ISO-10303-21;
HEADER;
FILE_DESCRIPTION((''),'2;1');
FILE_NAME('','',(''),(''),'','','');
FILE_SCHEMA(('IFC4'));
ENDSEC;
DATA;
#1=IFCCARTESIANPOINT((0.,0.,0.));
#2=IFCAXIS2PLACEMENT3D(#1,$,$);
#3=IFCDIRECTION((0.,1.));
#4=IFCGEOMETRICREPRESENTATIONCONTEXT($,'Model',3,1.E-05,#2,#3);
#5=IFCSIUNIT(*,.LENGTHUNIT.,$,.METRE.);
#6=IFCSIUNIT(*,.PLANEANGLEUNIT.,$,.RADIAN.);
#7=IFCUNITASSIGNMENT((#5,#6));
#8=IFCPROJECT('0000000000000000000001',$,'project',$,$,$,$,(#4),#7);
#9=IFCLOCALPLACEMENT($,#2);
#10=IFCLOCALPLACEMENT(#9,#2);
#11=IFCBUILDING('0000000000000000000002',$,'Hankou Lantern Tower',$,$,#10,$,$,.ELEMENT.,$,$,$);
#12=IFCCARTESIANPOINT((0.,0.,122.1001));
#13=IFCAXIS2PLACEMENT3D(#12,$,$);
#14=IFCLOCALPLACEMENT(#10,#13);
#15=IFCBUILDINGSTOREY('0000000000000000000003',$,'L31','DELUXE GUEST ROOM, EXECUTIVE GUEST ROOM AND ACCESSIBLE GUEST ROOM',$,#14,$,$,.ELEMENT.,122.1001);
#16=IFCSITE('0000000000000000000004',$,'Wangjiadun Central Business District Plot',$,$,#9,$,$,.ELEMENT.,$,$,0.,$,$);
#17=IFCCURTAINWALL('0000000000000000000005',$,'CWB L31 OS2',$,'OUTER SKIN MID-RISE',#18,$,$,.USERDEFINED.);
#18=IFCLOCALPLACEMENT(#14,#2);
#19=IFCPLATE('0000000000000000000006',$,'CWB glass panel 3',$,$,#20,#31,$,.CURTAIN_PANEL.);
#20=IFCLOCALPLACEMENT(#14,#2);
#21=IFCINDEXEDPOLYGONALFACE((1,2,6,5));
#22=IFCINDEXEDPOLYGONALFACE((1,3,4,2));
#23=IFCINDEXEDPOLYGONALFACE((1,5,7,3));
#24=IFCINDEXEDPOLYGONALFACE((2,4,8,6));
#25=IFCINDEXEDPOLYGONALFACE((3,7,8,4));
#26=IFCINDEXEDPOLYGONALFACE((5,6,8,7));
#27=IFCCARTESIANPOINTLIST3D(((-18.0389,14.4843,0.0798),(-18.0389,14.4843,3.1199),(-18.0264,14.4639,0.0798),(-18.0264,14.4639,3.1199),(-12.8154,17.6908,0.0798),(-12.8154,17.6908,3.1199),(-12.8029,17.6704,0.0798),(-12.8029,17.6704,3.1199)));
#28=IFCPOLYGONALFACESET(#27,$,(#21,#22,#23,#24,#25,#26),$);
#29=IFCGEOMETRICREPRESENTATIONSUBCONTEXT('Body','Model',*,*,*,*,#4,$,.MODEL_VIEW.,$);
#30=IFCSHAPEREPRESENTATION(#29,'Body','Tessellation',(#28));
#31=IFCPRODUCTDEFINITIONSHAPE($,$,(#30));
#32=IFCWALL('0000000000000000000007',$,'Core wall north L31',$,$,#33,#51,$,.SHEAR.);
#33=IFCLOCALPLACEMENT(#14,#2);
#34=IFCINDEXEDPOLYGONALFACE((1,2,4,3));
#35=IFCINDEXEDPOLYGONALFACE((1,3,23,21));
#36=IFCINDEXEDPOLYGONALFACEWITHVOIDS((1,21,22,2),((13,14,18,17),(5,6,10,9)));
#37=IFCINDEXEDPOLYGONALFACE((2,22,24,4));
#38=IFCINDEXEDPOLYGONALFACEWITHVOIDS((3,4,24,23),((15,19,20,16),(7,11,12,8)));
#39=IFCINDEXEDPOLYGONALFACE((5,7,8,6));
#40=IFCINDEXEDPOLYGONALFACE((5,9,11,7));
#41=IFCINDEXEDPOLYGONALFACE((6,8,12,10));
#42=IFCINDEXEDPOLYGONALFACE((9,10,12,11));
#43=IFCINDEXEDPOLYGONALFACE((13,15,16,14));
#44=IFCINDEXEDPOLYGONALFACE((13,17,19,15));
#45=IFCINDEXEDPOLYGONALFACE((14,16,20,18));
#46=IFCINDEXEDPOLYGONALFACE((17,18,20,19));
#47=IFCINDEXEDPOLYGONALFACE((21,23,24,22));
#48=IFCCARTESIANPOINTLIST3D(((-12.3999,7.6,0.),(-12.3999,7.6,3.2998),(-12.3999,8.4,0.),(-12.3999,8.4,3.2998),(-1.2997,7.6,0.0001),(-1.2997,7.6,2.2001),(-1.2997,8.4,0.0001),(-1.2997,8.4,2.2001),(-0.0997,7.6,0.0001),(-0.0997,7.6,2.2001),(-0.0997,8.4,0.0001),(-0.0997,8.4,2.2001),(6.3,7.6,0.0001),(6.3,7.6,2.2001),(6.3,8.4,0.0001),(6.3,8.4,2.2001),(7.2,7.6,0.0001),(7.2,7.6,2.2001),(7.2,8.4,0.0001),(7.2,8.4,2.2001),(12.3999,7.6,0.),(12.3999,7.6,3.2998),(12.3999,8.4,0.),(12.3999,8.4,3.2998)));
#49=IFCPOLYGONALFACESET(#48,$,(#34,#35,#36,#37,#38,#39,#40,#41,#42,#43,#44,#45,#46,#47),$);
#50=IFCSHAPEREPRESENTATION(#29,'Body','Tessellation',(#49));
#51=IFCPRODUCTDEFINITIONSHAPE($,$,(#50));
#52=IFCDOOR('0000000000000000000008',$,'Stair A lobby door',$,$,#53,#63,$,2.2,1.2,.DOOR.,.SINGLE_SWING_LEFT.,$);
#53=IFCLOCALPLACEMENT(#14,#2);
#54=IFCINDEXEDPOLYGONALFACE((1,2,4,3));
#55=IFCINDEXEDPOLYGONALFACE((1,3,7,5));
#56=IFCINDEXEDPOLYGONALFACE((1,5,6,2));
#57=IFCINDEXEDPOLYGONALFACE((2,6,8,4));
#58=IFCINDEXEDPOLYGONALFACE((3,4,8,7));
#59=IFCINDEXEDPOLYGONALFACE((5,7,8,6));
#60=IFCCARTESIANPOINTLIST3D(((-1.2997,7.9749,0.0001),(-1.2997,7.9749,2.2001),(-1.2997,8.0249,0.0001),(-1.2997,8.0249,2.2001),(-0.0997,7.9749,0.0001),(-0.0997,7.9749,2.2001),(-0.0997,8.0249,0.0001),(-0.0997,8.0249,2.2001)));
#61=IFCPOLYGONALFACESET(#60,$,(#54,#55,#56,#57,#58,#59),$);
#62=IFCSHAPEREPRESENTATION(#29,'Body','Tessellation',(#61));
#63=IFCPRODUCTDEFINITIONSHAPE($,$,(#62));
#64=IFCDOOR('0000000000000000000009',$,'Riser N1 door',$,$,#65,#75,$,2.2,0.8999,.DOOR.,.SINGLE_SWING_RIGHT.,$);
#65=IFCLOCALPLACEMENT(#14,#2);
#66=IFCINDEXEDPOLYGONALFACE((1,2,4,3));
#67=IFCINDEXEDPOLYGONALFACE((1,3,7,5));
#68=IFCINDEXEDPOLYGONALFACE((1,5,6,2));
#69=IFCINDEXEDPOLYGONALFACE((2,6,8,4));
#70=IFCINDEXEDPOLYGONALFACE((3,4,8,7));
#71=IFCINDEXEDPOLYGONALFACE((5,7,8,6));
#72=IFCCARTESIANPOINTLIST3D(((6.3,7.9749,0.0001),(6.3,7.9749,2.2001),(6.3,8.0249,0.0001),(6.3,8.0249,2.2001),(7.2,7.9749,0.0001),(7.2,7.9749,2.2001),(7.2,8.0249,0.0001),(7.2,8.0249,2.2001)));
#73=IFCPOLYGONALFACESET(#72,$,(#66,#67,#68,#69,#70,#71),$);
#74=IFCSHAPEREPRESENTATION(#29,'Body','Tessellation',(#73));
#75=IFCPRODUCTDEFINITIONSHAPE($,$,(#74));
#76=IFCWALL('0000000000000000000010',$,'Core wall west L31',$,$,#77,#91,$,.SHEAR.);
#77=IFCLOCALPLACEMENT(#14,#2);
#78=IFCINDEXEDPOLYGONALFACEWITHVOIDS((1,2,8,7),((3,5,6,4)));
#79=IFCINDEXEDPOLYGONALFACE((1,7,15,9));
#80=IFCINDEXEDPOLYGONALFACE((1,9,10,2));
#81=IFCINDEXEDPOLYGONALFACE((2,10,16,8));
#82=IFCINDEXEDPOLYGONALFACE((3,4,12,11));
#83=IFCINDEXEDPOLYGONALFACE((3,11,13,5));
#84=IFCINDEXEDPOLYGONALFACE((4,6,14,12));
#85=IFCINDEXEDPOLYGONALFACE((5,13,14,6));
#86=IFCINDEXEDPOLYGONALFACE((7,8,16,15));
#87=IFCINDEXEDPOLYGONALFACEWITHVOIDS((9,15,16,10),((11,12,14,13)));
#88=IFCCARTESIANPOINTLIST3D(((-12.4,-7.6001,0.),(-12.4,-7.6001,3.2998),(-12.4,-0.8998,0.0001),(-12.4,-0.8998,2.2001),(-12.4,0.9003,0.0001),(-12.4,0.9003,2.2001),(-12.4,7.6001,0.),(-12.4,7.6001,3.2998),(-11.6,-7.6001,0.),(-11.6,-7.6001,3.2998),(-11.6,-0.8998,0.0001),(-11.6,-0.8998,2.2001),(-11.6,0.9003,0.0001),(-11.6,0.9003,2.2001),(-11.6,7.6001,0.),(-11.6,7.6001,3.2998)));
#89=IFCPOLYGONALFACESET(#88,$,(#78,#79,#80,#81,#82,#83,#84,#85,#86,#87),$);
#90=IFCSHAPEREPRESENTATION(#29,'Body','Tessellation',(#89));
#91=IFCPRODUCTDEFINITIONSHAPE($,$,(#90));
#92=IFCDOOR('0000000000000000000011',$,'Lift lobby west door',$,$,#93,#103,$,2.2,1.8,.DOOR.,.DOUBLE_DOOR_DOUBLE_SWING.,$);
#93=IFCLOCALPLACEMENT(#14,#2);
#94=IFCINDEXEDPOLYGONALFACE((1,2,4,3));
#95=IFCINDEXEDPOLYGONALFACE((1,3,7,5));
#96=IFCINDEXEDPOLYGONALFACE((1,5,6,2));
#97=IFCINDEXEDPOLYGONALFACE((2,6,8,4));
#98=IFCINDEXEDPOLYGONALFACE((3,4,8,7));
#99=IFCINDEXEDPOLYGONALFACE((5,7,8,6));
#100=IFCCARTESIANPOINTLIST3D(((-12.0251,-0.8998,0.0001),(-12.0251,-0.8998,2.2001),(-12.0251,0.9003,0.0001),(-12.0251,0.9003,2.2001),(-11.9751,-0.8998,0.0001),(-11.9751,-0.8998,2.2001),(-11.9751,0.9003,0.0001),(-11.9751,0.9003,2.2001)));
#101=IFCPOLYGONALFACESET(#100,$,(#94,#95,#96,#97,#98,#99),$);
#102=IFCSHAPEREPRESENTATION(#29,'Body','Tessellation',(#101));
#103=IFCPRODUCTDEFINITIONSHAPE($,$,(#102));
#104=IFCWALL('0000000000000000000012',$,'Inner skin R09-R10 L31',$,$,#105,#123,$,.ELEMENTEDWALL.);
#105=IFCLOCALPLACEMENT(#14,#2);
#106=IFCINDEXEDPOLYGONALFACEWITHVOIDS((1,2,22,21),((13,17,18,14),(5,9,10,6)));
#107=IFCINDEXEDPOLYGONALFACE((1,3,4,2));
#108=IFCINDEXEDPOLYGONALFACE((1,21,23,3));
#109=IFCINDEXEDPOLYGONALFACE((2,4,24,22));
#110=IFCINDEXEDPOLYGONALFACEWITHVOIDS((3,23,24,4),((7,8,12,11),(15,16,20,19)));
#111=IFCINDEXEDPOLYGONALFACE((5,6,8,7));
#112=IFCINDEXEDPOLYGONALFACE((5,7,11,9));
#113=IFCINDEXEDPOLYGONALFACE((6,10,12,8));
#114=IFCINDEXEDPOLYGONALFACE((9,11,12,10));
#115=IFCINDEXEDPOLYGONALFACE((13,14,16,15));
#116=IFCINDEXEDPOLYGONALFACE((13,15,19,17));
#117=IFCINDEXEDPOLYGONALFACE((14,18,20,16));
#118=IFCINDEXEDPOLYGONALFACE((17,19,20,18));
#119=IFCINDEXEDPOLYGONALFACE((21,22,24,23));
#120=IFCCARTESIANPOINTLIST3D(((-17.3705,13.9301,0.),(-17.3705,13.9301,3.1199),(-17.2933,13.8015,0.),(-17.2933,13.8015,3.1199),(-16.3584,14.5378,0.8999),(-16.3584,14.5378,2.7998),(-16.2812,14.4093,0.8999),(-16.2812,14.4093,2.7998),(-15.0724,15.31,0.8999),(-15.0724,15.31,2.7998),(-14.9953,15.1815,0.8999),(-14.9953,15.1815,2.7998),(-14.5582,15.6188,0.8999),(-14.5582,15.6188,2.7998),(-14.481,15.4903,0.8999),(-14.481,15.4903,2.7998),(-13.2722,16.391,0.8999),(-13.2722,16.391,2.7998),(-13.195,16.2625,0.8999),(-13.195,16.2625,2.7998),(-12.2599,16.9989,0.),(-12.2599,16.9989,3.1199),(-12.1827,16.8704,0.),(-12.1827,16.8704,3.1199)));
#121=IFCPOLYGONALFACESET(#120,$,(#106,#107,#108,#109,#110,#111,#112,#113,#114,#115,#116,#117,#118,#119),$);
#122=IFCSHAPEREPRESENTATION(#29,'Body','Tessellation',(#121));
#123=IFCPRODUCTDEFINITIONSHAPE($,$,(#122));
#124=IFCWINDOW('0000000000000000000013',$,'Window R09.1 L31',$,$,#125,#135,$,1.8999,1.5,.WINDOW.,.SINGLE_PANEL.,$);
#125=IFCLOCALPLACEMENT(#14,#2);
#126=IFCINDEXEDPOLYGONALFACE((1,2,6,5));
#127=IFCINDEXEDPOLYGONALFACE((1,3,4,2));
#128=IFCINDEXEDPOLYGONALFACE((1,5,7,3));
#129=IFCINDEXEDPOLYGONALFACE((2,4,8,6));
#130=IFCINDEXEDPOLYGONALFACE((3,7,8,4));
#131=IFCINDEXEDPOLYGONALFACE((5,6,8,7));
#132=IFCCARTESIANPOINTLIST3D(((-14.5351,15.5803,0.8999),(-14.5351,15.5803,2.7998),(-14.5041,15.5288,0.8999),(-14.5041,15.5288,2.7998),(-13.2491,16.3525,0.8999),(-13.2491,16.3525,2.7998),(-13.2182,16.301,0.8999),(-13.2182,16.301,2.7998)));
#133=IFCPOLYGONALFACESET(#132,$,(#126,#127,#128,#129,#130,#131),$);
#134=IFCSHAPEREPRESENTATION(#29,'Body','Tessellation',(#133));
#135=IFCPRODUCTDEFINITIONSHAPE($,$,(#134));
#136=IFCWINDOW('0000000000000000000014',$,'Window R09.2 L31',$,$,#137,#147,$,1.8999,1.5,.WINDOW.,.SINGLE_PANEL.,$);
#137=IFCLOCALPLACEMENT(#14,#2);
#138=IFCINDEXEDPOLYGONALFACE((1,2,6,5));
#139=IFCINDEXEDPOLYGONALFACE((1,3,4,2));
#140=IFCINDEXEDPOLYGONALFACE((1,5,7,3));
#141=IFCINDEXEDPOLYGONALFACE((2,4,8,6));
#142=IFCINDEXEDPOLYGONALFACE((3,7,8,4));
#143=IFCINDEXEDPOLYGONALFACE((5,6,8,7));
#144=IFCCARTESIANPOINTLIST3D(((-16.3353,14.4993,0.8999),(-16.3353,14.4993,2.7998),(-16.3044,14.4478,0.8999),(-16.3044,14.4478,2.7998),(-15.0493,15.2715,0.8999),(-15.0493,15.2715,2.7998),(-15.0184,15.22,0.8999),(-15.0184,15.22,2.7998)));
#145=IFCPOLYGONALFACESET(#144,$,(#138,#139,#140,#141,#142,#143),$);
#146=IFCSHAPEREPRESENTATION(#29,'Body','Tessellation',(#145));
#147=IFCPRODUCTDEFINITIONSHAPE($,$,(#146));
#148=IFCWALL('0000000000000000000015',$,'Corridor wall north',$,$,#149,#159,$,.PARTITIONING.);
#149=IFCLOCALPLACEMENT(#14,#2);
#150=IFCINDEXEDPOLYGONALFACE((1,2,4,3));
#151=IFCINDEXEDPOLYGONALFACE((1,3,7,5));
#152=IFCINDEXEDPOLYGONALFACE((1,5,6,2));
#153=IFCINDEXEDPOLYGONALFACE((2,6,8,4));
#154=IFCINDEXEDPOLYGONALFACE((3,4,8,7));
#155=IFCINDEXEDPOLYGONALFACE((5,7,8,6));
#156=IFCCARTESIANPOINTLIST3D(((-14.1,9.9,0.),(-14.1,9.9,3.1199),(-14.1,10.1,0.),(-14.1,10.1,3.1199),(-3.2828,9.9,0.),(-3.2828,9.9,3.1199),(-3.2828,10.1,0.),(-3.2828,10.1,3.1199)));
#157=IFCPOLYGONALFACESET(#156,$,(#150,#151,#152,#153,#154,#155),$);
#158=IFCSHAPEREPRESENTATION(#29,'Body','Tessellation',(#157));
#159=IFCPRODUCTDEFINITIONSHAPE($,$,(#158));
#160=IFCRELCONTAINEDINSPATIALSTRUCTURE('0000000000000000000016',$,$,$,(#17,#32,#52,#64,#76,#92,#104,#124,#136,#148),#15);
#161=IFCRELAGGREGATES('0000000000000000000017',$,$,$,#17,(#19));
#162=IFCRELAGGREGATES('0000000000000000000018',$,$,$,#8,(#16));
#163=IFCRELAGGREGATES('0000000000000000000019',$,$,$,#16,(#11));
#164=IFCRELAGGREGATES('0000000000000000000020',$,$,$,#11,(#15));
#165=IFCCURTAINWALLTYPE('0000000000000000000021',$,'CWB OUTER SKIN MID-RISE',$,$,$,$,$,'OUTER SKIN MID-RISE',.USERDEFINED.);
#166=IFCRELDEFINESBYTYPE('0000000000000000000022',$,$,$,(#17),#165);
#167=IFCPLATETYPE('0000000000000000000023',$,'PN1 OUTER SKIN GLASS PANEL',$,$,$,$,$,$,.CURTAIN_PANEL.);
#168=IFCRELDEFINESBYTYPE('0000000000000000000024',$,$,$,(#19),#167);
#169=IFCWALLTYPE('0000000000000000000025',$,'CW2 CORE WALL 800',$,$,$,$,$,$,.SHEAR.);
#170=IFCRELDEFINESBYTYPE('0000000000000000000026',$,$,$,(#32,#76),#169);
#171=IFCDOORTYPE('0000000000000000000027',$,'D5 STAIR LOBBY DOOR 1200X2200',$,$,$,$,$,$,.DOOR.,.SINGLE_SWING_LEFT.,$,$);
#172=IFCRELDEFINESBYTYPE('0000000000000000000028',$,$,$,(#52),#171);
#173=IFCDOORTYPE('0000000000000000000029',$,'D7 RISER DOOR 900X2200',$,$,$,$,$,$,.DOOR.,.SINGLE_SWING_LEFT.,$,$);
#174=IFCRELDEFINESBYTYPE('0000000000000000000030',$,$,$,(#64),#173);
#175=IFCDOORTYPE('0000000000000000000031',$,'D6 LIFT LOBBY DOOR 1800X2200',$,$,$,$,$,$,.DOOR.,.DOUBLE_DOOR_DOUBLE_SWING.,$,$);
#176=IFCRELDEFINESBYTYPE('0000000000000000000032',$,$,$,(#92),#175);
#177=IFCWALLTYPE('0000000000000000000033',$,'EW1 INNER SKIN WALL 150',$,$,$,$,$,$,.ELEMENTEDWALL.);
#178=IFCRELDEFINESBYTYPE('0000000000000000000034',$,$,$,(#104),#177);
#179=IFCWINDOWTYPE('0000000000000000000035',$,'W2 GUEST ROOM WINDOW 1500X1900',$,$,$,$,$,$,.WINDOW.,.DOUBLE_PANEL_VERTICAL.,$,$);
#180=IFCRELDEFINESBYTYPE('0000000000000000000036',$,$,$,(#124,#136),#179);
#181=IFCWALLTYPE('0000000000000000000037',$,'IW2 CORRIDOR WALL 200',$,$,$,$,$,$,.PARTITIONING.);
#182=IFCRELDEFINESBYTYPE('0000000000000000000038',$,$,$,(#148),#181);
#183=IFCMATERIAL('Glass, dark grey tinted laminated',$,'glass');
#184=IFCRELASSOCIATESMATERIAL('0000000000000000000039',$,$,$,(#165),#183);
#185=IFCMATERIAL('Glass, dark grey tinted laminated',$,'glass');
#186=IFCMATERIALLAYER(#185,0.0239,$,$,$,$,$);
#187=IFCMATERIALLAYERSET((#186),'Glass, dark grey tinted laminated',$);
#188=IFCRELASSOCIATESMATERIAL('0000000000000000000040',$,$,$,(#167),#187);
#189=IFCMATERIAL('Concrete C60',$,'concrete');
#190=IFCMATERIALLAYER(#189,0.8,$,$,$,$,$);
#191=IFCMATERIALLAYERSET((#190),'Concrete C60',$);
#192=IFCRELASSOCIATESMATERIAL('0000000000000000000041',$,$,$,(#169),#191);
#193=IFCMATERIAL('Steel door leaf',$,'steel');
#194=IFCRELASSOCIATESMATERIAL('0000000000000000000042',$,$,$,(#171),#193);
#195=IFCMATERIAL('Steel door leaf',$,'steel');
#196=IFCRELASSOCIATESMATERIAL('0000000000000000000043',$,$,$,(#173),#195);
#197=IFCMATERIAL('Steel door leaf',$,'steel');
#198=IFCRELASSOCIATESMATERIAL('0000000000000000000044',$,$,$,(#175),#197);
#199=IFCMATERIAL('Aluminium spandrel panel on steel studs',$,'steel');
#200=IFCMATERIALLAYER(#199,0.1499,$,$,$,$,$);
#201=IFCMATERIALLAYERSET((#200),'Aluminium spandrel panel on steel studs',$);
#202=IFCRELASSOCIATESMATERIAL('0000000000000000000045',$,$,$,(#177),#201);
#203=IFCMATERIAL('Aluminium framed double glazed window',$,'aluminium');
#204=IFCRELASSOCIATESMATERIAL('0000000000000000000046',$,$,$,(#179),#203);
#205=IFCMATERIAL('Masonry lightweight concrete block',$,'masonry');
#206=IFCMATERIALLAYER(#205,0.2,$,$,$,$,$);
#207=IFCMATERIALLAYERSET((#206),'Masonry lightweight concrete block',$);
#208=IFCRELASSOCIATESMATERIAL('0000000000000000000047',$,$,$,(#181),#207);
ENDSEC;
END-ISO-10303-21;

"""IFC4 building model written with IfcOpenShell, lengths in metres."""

from ifc_helpers import new_model, si_unit, direction, frame, frame_2d, origin, origin_2d, place, context, subcontext, project, spatial, rectangle, extrude, material, layer, layer_set, type_object, element, fill, aggregate, save


model = new_model("IFC4")

# Units and contexts
model_context = context("Model", 3, precision=1e-05, world=origin(), true_north=direction((0.0, 1.0)))
body_context = subcontext(model_context, "Body", "Model", "MODEL_VIEW")
ifc_project = project(units=[si_unit("LENGTHUNIT", "METRE"), si_unit("PLANEANGLEUNIT", "RADIAN")], contexts=[model_context])

# Site, building, storey
site_placement = place(None, origin())
site = spatial("IfcSite", under=ifc_project, at=site_placement, Name="Wangjiadun Central Business District Plot", CompositionType="ELEMENT", RefElevation=0.0)
building_placement = place(site_placement, origin())
building = spatial("IfcBuilding", under=site, at=building_placement, Name="Hankou Lantern Tower", CompositionType="ELEMENT")
storey_placement = place(building_placement, frame((0.0, 0.0, 122.1001)))
storey = spatial("IfcBuildingStorey", under=building, at=storey_placement, Name="L31", Description="DELUXE GUEST ROOM, EXECUTIVE GUEST ROOM AND ACCESSIBLE GUEST ROOM", CompositionType="ELEMENT", Elevation=122.1001)

# Curtain wall
ifc_material_1 = material(Name="Glass, dark grey tinted laminated", Category="glass")
curtain_wall_type = type_object("IfcCurtainWallType", Name="CWB OUTER SKIN MID-RISE", ElementType="OUTER SKIN MID-RISE", PredefinedType="USERDEFINED", material=ifc_material_1)
curtain_wall_placement = place(storey_placement, origin())
curtain_wall = element("IfcCurtainWall", 1, at=curtain_wall_placement, inside=storey, type_object=curtain_wall_type, Name="CWB L31 OS2", ObjectType="OUTER SKIN MID-RISE", PredefinedType="USERDEFINED")

# Plate
ifc_material_2 = material(Name="Glass, dark grey tinted laminated", Category="glass")
ifc_layer_1 = layer(ifc_material_2, 0.0239)
ifc_layer_set_1 = layer_set([ifc_layer_1], Name="Glass, dark grey tinted laminated")
plate_type = type_object("IfcPlateType", Name="PN1 OUTER SKIN GLASS PANEL", PredefinedType="CURTAIN_PANEL", material=ifc_layer_set_1)
plate_placement = place(storey_placement, frame((-15.4209, 16.0774, 0.0798), z_axis=(0.0, 0.0, 1.0), x_axis=(-0.852237, -0.523156, 0.0)))
plate = element("IfcPlate", 2, at=plate_placement, type_object=plate_type, Name="CWB glass panel 3", PredefinedType="CURTAIN_PANEL", context=body_context, shape_type="SweptSolid", body=[
    extrude(rectangle(XDim=6.1292, YDim=0.0239, at=origin_2d()), origin(), (0.0, 0.0, 1.0), 3.04),
])
aggregate(curtain_wall, [plate])

# Wall, openings, doors
ifc_material_3 = material(Name="Concrete C60", Category="concrete")
ifc_layer_2 = layer(ifc_material_3, 0.8)
ifc_layer_set_2 = layer_set([ifc_layer_2], Name="Concrete C60")
wall_type_1 = type_object("IfcWallType", Name="CW2 CORE WALL 800", PredefinedType="SHEAR", material=ifc_layer_set_2)
wall_1_placement = place(storey_placement, frame((-12.3999, 8.0, 0.0), z_axis=(0.0, 0.0, 1.0), x_axis=(1.0, 0.0, 0.0)))
wall_1 = element("IfcWall", 3, at=wall_1_placement, inside=storey, type_object=wall_type_1, Name="Core wall north L31", PredefinedType="SHEAR", context=body_context, shape_type="SweptSolid", body=[
    extrude(rectangle(XDim=24.7998, YDim=0.8, at=frame_2d((12.3999, 0.0))), origin(), (0.0, 0.0, 1.0), 3.2998),
])
opening_1_placement = place(wall_1_placement, frame((11.1001, 0.0, 0.0)))
opening_1 = element("IfcOpeningElement", 4, at=opening_1_placement, cuts=wall_1, PredefinedType="OPENING", context=body_context, shape_type="SweptSolid", body=[
    extrude(rectangle(XDim=1.2, YDim=2.2, at=frame_2d((0.6001, 1.1001))), frame((0.0, 0.4099, 0.0), z_axis=(0.0, -1.0, 0.0), x_axis=(1.0, 0.0, 0.0)), (0.0, 0.0, 1.0), 0.8201),
])
opening_2_placement = place(wall_1_placement, frame((18.7, 0.0, 0.0)))
opening_2 = element("IfcOpeningElement", 5, at=opening_2_placement, cuts=wall_1, PredefinedType="OPENING", context=body_context, shape_type="SweptSolid", body=[
    extrude(rectangle(XDim=0.8999, YDim=2.2, at=frame_2d((0.45, 1.1001))), frame((0.0, 0.4099, 0.0), z_axis=(0.0, -1.0, 0.0), x_axis=(1.0, 0.0, 0.0)), (0.0, 0.0, 1.0), 0.8201),
])
ifc_material_4 = material(Name="Steel door leaf", Category="steel")
door_type_1 = type_object("IfcDoorType", Name="D5 STAIR LOBBY DOOR 1200X2200", OperationType="SINGLE_SWING_LEFT", PredefinedType="DOOR", material=ifc_material_4)
door_1_placement = place(opening_1_placement, origin())
door_1 = element("IfcDoor", 6, at=door_1_placement, inside=storey, type_object=door_type_1, Name="Stair A lobby door", OperationType="SINGLE_SWING_LEFT", OverallHeight=2.2, OverallWidth=1.2, PredefinedType="DOOR", context=body_context, shape_type="SweptSolid", body=[
    extrude(rectangle(XDim=1.2, YDim=2.2, at=frame_2d((0.6001, 1.1001))), frame((0.0, 0.0249, 0.0), z_axis=(0.0, -1.0, 0.0), x_axis=(1.0, 0.0, 0.0)), (0.0, 0.0, 1.0), 0.05),
])
fill(opening_1, door_1)
ifc_material_5 = material(Name="Steel door leaf", Category="steel")
door_type_2 = type_object("IfcDoorType", Name="D7 RISER DOOR 900X2200", OperationType="SINGLE_SWING_LEFT", PredefinedType="DOOR", material=ifc_material_5)
door_2_placement = place(opening_2_placement, origin())
door_2 = element("IfcDoor", 7, at=door_2_placement, inside=storey, type_object=door_type_2, Name="Riser N1 door", OperationType="SINGLE_SWING_RIGHT", OverallHeight=2.2, OverallWidth=0.8999, PredefinedType="DOOR", context=body_context, shape_type="SweptSolid", body=[
    extrude(rectangle(XDim=0.8999, YDim=2.2, at=frame_2d((0.45, 1.1001))), frame((0.0, 0.0249, 0.0), z_axis=(0.0, -1.0, 0.0), x_axis=(1.0, 0.0, 0.0)), (0.0, 0.0, 1.0), 0.05),
])
fill(opening_2, door_2)

# Wall, opening, door
wall_2_placement = place(storey_placement, frame((-12.0, 7.6001, 0.0), z_axis=(0.0, 0.0, 1.0), x_axis=(0.0, -1.0, 0.0)))
wall_2 = element("IfcWall", 8, at=wall_2_placement, inside=storey, type_object=wall_type_1, Name="Core wall west L31", PredefinedType="SHEAR", context=body_context, shape_type="SweptSolid", body=[
    extrude(rectangle(XDim=15.2002, YDim=0.8, at=frame_2d((7.6001, 0.0))), origin(), (0.0, 0.0, 1.0), 3.2998),
])
opening_3_placement = place(wall_2_placement, frame((6.7, 0.0, 0.0)))
opening_3 = element("IfcOpeningElement", 9, at=opening_3_placement, cuts=wall_2, PredefinedType="OPENING", context=body_context, shape_type="SweptSolid", body=[
    extrude(rectangle(XDim=1.8, YDim=2.2, at=frame_2d((0.8999, 1.1001))), frame((0.0, 0.4099, 0.0), z_axis=(0.0, -1.0, 0.0), x_axis=(1.0, 0.0, 0.0)), (0.0, 0.0, 1.0), 0.8201),
])
ifc_material_6 = material(Name="Steel door leaf", Category="steel")
door_type_3 = type_object("IfcDoorType", Name="D6 LIFT LOBBY DOOR 1800X2200", OperationType="DOUBLE_DOOR_DOUBLE_SWING", PredefinedType="DOOR", material=ifc_material_6)
door_3_placement = place(opening_3_placement, origin())
door_3 = element("IfcDoor", 10, at=door_3_placement, inside=storey, type_object=door_type_3, Name="Lift lobby west door", OperationType="DOUBLE_DOOR_DOUBLE_SWING", OverallHeight=2.2, OverallWidth=1.8, PredefinedType="DOOR", context=body_context, shape_type="SweptSolid", body=[
    extrude(rectangle(XDim=1.8, YDim=2.2, at=frame_2d((0.8999, 1.1001))), frame((0.0, 0.0249, 0.0), z_axis=(0.0, -1.0, 0.0), x_axis=(1.0, 0.0, 0.0)), (0.0, 0.0, 1.0), 0.05),
])
fill(opening_3, door_3)

# Wall, openings, windows
ifc_material_7 = material(Name="Aluminium spandrel panel on steel studs", Category="steel")
ifc_layer_3 = layer(ifc_material_7, 0.1499)
ifc_layer_set_3 = layer_set([ifc_layer_3], Name="Aluminium spandrel panel on steel studs")
wall_type_2 = type_object("IfcWallType", Name="EW1 INNER SKIN WALL 150", PredefinedType="ELEMENTEDWALL", material=ifc_layer_set_3)
wall_3_placement = place(storey_placement, frame((-12.2214, 16.9346, 0.0), z_axis=(0.0, 0.0, 1.0), x_axis=(-0.857309, -0.514803, 0.0)))
wall_3 = element("IfcWall", 11, at=wall_3_placement, inside=storey, type_object=wall_type_2, Name="Inner skin R09-R10 L31", PredefinedType="ELEMENTEDWALL", context=body_context, shape_type="SweptSolid", body=[
    extrude(rectangle(XDim=5.9612, YDim=0.1499, at=frame_2d((2.9805, 0.0))), origin(), (0.0, 0.0, 1.0), 3.1199),
])
opening_4_placement = place(wall_3_placement, frame((1.1807, 0.0, 0.8999)))
opening_4 = element("IfcOpeningElement", 12, at=opening_4_placement, cuts=wall_3, PredefinedType="OPENING", context=body_context, shape_type="SweptSolid", body=[
    extrude(rectangle(XDim=1.5, YDim=1.8999, at=frame_2d((0.75, 0.95))), frame((0.0, 0.085, 0.0), z_axis=(0.0, -1.0, 0.0), x_axis=(1.0, 0.0, 0.0)), (0.0, 0.0, 1.0), 0.1699),
])
opening_5_placement = place(wall_3_placement, frame((3.2805, 0.0, 0.8999)))
opening_5 = element("IfcOpeningElement", 13, at=opening_5_placement, cuts=wall_3, PredefinedType="OPENING", context=body_context, shape_type="SweptSolid", body=[
    extrude(rectangle(XDim=1.5, YDim=1.8999, at=frame_2d((0.75, 0.95))), frame((0.0, 0.085, 0.0), z_axis=(0.0, -1.0, 0.0), x_axis=(1.0, 0.0, 0.0)), (0.0, 0.0, 1.0), 0.1699),
])
ifc_material_8 = material(Name="Aluminium framed double glazed window", Category="aluminium")
window_type = type_object("IfcWindowType", Name="W2 GUEST ROOM WINDOW 1500X1900", PartitioningType="DOUBLE_PANEL_VERTICAL", PredefinedType="WINDOW", material=ifc_material_8)
window_1_placement = place(opening_4_placement, origin())
window_1 = element("IfcWindow", 14, at=window_1_placement, inside=storey, type_object=window_type, Name="Window R09.1 L31", OverallHeight=1.8999, OverallWidth=1.5, PartitioningType="SINGLE_PANEL", PredefinedType="WINDOW", context=body_context, shape_type="SweptSolid", body=[
    extrude(rectangle(XDim=1.5, YDim=1.8999, at=frame_2d((0.75, 0.95))), frame((0.0, 0.03, 0.0), z_axis=(0.0, -1.0, 0.0), x_axis=(1.0, 0.0, 0.0)), (0.0, 0.0, 1.0), 0.0601),
])
fill(opening_4, window_1)
window_2_placement = place(opening_5_placement, origin())
window_2 = element("IfcWindow", 15, at=window_2_placement, inside=storey, type_object=window_type, Name="Window R09.2 L31", OverallHeight=1.8999, OverallWidth=1.5, PartitioningType="SINGLE_PANEL", PredefinedType="WINDOW", context=body_context, shape_type="SweptSolid", body=[
    extrude(rectangle(XDim=1.5, YDim=1.8999, at=frame_2d((0.75, 0.95))), frame((0.0, 0.03, 0.0), z_axis=(0.0, -1.0, 0.0), x_axis=(1.0, 0.0, 0.0)), (0.0, 0.0, 1.0), 0.0601),
])
fill(opening_5, window_2)

# Wall
ifc_material_9 = material(Name="Masonry lightweight concrete block", Category="masonry")
ifc_layer_4 = layer(ifc_material_9, 0.2)
ifc_layer_set_4 = layer_set([ifc_layer_4], Name="Masonry lightweight concrete block")
wall_type_3 = type_object("IfcWallType", Name="IW2 CORRIDOR WALL 200", PredefinedType="PARTITIONING", material=ifc_layer_set_4)
wall_4_placement = place(storey_placement, frame((-14.1001, 10.0, 0.0), z_axis=(0.0, 0.0, 1.0), x_axis=(1.0, 0.0, 0.0)))
element("IfcWall", 16, at=wall_4_placement, inside=storey, type_object=wall_type_3, Name="Corridor wall north", PredefinedType="PARTITIONING", context=body_context, shape_type="SweptSolid", body=[
    extrude(rectangle(XDim=10.8171, YDim=0.2, at=frame_2d((5.4087, 0.0))), origin(), (0.0, 0.0, 1.0), 3.1199),
])

save(model, "model.ifc")
